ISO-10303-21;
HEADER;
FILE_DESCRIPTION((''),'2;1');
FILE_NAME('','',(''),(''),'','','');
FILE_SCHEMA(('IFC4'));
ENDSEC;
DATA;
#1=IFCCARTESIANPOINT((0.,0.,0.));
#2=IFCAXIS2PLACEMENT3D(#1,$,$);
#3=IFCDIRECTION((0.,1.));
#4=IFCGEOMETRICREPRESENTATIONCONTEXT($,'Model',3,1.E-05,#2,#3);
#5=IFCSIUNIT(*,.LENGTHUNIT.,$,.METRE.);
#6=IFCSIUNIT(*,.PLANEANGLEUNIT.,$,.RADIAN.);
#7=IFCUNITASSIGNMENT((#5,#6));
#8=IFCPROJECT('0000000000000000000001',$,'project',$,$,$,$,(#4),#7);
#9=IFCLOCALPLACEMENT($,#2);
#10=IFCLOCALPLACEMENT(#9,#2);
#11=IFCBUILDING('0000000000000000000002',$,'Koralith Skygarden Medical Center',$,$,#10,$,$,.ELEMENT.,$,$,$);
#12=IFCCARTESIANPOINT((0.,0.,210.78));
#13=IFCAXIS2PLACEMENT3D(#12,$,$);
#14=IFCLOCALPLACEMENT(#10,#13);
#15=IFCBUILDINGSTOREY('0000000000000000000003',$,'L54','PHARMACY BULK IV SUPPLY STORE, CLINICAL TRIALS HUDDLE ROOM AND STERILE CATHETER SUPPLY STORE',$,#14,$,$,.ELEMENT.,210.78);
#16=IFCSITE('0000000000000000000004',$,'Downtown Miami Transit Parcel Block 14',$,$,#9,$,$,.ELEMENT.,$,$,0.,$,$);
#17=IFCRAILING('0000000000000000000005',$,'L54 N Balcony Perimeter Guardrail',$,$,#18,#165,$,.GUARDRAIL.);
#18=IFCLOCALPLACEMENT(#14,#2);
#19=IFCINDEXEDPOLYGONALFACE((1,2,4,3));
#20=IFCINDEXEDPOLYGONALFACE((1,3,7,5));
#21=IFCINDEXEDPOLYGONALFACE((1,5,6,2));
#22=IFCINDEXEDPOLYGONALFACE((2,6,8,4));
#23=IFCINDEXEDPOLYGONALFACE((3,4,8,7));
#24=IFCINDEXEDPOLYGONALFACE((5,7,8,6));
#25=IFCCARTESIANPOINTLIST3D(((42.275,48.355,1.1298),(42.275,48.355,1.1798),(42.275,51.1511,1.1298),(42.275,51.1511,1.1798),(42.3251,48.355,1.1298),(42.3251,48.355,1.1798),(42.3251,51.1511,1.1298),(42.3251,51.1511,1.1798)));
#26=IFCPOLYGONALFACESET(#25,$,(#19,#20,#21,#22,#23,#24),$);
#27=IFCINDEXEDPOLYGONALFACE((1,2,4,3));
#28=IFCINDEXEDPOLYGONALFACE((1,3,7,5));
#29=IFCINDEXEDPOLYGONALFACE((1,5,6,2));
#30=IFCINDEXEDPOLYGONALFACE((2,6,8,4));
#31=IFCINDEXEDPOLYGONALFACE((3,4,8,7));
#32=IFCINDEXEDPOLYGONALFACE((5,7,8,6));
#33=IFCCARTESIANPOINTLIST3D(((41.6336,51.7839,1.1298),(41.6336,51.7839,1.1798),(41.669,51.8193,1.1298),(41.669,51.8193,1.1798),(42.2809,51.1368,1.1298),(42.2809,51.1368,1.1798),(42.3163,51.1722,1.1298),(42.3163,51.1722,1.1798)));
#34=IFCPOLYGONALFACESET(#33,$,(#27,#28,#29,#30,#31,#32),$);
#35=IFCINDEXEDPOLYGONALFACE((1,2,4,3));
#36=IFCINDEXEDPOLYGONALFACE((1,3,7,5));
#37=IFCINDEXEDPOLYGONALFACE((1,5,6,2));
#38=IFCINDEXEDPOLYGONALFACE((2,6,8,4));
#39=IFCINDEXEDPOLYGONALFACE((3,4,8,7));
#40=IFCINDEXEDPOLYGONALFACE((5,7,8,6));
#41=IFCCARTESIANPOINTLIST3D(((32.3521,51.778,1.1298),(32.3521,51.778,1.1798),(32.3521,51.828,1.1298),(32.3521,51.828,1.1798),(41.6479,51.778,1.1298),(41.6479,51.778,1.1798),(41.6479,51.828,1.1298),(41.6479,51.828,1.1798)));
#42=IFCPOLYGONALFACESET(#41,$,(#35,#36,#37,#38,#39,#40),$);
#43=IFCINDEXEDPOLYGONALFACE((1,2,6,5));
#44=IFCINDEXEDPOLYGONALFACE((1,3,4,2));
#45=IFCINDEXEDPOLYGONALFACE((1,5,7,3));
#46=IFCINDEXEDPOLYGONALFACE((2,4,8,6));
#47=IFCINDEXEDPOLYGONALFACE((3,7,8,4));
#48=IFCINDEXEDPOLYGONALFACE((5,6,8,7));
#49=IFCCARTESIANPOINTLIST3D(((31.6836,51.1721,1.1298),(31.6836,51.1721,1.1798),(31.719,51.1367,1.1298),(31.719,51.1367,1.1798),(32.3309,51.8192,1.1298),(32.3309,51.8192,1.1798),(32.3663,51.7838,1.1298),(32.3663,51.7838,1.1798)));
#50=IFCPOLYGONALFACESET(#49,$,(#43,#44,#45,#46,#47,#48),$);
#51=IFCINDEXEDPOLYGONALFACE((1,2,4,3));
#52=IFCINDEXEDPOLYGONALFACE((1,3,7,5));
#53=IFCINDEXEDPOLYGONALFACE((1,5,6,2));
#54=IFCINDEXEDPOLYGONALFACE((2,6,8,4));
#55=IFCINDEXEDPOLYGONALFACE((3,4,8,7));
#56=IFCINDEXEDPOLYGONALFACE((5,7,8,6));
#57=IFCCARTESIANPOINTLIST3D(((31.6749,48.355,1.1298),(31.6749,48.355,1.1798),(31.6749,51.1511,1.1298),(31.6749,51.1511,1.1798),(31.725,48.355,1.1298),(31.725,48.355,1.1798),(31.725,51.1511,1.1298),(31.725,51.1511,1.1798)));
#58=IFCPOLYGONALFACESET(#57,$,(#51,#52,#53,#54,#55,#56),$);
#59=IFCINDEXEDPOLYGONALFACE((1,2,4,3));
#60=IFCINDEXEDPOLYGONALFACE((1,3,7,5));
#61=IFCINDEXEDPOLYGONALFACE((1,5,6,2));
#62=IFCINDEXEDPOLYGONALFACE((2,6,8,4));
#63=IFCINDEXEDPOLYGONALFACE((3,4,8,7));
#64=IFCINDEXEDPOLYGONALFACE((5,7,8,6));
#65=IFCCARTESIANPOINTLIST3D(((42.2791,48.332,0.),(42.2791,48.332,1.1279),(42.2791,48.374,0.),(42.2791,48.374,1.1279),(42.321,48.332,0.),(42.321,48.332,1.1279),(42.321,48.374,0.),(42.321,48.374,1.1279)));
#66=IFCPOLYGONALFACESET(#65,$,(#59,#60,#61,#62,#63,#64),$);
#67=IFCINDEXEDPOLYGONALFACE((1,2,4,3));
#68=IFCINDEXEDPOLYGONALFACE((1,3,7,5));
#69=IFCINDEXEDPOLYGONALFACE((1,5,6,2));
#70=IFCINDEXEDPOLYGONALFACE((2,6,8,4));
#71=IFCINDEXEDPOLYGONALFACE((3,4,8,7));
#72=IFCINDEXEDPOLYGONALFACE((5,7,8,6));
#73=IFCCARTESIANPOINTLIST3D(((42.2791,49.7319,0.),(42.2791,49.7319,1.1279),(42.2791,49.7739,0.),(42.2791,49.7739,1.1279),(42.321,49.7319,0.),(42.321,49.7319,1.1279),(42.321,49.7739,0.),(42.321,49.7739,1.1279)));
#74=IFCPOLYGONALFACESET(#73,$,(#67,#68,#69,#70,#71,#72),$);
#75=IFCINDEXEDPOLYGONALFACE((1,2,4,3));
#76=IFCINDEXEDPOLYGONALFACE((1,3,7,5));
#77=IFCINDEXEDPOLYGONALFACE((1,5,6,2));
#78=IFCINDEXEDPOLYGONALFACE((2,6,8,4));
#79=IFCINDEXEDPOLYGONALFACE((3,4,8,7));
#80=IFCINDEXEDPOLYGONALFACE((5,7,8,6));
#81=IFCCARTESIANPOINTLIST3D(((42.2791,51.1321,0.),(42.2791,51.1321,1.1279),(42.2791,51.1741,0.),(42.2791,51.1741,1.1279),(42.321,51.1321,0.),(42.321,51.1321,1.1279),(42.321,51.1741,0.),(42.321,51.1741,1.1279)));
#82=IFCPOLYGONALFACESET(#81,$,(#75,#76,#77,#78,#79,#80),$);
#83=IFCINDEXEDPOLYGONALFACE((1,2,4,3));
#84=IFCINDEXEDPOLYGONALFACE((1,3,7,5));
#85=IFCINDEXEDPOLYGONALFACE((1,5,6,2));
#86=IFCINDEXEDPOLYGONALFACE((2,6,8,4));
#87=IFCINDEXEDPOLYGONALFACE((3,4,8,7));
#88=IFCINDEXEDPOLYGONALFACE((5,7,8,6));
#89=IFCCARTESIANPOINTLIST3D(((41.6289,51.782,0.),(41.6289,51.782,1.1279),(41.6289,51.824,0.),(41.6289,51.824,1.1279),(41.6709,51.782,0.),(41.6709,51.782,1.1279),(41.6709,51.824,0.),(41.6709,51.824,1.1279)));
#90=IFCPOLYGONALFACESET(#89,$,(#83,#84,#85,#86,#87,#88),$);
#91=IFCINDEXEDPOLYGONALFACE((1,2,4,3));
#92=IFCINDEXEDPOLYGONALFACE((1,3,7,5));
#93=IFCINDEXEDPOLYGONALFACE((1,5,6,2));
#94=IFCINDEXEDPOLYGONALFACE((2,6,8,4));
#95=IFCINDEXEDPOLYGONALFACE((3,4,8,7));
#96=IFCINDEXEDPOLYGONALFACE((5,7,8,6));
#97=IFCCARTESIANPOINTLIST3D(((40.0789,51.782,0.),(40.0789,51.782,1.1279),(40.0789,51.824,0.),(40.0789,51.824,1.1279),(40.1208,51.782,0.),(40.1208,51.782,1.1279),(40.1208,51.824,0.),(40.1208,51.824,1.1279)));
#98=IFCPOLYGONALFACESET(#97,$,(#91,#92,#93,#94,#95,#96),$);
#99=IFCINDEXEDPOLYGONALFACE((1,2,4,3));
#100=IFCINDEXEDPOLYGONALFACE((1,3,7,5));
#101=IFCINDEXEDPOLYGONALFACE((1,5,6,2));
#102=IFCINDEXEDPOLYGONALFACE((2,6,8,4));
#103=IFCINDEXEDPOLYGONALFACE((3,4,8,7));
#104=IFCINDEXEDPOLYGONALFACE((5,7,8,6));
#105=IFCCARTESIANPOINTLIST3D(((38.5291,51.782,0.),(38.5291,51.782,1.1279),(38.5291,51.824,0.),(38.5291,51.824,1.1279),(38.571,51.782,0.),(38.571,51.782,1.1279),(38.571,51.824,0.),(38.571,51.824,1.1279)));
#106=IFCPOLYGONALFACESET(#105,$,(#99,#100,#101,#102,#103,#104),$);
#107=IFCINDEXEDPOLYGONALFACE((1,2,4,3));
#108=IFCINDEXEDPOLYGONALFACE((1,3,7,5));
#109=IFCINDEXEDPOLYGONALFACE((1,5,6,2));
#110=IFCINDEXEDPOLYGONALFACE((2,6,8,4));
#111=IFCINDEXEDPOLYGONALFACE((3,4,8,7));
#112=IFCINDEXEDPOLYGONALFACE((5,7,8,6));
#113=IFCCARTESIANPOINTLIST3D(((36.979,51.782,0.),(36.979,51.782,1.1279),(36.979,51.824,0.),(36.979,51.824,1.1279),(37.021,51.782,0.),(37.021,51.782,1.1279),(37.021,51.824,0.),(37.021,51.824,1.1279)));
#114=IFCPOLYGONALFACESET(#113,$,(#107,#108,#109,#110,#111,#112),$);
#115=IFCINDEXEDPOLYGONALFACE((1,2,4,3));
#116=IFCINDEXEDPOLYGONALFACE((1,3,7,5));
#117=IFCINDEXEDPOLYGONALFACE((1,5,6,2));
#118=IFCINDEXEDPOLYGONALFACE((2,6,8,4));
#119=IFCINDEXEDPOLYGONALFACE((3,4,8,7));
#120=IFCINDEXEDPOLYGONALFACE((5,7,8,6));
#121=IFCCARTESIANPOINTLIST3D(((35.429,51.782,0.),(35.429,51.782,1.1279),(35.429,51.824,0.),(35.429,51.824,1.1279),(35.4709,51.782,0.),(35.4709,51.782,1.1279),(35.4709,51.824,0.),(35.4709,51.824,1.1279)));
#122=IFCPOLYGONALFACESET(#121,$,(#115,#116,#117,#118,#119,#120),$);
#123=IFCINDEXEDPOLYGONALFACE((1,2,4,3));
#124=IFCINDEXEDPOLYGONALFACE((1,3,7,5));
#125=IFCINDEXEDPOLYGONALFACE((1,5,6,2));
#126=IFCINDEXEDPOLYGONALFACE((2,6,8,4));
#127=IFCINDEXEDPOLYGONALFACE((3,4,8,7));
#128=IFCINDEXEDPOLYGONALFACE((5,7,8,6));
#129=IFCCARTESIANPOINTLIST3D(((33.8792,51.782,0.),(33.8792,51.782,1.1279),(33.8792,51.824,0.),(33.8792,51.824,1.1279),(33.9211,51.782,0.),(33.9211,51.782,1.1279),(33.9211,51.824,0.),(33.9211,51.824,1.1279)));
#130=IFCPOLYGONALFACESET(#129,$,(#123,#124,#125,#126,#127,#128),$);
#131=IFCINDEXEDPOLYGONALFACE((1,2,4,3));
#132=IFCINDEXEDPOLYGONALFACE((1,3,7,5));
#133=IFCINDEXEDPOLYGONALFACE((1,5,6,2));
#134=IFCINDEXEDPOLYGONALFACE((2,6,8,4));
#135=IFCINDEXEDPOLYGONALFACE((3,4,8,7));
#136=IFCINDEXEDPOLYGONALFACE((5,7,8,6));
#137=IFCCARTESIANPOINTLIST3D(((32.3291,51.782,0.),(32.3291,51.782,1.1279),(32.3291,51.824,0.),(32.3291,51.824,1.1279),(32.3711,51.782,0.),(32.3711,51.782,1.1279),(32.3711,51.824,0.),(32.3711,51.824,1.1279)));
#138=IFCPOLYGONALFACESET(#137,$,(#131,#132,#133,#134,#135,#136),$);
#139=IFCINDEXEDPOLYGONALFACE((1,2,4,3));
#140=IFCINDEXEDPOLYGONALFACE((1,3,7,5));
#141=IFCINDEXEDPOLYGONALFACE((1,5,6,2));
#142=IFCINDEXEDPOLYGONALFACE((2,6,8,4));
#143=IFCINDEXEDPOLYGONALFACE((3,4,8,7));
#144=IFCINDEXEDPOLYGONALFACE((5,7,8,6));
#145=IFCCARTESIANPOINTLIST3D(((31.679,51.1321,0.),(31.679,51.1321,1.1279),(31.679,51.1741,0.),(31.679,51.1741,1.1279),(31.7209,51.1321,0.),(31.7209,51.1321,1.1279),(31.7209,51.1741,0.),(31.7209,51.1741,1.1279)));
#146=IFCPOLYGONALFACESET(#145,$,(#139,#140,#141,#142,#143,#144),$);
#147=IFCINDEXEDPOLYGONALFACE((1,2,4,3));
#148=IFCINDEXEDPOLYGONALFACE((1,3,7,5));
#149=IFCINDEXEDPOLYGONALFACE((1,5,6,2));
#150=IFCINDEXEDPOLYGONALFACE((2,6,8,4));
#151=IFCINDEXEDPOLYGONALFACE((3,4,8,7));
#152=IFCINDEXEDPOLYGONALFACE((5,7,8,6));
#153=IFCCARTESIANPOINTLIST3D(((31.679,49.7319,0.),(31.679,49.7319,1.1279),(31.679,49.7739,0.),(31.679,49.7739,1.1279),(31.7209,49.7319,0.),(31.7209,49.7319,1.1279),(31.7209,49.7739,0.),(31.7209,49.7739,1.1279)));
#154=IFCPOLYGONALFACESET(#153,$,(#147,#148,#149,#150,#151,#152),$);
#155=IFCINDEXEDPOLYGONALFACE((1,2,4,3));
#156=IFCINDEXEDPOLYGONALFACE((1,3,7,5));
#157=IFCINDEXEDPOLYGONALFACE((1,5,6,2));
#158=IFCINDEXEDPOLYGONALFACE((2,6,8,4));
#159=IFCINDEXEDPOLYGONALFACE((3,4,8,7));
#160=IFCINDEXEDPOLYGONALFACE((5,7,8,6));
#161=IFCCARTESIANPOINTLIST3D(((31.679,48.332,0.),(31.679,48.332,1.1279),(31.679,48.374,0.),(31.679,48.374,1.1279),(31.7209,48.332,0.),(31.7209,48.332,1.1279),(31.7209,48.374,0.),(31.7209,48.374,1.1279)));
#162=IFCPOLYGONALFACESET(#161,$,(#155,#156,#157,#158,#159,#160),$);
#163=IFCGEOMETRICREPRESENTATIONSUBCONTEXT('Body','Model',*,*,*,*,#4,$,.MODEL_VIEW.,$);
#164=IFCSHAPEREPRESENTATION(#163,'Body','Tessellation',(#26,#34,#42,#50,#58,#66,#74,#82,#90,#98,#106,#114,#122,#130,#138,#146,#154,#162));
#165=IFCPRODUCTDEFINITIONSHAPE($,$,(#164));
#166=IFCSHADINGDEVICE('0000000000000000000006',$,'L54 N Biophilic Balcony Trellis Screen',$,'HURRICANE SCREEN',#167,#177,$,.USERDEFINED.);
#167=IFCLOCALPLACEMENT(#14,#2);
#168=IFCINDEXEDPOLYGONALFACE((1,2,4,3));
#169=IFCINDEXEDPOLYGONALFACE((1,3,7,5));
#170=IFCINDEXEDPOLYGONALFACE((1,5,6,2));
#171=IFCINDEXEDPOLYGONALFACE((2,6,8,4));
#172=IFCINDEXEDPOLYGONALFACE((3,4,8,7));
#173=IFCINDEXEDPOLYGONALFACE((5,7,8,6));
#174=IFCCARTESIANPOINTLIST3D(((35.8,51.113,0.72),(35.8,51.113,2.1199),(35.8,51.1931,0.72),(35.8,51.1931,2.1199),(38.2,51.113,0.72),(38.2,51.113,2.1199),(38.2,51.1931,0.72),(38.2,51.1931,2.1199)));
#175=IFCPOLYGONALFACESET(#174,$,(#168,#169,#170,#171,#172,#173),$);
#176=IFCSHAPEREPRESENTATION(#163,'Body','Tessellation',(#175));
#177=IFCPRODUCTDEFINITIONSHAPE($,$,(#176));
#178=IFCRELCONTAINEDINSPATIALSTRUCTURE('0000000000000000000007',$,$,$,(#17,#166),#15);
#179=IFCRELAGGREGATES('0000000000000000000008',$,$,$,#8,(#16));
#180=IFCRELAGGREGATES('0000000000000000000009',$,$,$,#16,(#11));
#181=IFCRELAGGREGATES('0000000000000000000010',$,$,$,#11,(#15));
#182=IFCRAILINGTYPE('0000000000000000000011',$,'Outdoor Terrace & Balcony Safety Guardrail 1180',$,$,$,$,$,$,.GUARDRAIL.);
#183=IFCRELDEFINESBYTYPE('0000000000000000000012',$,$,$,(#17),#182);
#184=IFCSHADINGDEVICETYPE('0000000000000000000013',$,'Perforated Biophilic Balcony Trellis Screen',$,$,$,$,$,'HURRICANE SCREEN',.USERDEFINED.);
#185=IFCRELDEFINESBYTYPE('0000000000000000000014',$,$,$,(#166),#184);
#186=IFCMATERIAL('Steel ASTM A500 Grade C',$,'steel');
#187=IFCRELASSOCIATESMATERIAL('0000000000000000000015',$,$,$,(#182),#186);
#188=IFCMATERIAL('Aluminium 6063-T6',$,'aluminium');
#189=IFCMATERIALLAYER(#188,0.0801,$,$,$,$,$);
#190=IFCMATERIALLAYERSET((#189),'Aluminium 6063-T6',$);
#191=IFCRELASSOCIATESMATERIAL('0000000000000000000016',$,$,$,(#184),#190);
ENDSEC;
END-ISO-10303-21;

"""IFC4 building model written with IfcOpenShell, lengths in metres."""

from ifc_helpers import new_model, si_unit, direction, frame, origin, origin_2d, place, context, subcontext, project, spatial, rectangle, extrude, material, layer, layer_set, type_object, element, save


model = new_model("IFC4")

# Units and contexts
model_context = context("Model", 3, precision=1e-05, world=origin(), true_north=direction((0.0, 1.0)))
body_context = subcontext(model_context, "Body", "Model", "MODEL_VIEW")
ifc_project = project(units=[si_unit("LENGTHUNIT", "METRE"), si_unit("PLANEANGLEUNIT", "RADIAN")], contexts=[model_context])

# Site, building, storey
site_placement = place(None, origin())
site = spatial("IfcSite", under=ifc_project, at=site_placement, Name="Downtown Miami Transit Parcel Block 14", CompositionType="ELEMENT", RefElevation=0.0)
building_placement = place(site_placement, origin())
building = spatial("IfcBuilding", under=site, at=building_placement, Name="Koralith Skygarden Medical Center", CompositionType="ELEMENT")
storey_placement = place(building_placement, frame((0.0, 0.0, 210.78)))
storey = spatial("IfcBuildingStorey", under=building, at=storey_placement, Name="L54", Description="PHARMACY BULK IV SUPPLY STORE, CLINICAL TRIALS HUDDLE ROOM AND STERILE CATHETER SUPPLY STORE", CompositionType="ELEMENT", Elevation=210.78)

# Shared definitions
ifc_material_1 = material(Name="Aluminium 6063-T6", Category="aluminium")

# Shared definitions
ifc_material_2 = material(Name="Steel ASTM A500 Grade C", Category="steel")

# Railing
railing_type = type_object("IfcRailingType", Name="Outdoor Terrace & Balcony Safety Guardrail 1180", PredefinedType="GUARDRAIL", material=ifc_material_2)
railing_placement = place(storey_placement, frame((42.3, 48.353, 0.0)))
element("IfcRailing", 1, at=railing_placement, inside=storey, type_object=railing_type, Name="L54 N Balcony Perimeter Guardrail", PredefinedType="GUARDRAIL", context=body_context, shape_type="SweptSolid", body=[
    extrude(rectangle(XDim=0.05, YDim=0.05, at=origin_2d()), frame((0.0, 0.002, 1.1548), z_axis=(0.0, 1.0, 0.0), x_axis=(-1.0, 0.0, 0.0)), (0.0, 0.0, 1.0), 2.7961),
    extrude(rectangle(XDim=0.05, YDim=0.05, at=origin_2d()), frame((-0.0015, 2.8015, 1.1548), z_axis=(-0.70724, 0.706974, 0.0), x_axis=(-0.706974, -0.70724, 0.0)), (0.0, 0.0, 1.0), 0.9153),
    extrude(rectangle(XDim=0.05, YDim=0.05, at=origin_2d()), frame((-0.6521, 3.45, 1.1548), z_axis=(-1.0, 0.0, 0.0), x_axis=(0.0, -1.0, 0.0)), (0.0, 0.0, 1.0), 9.2959),
    extrude(rectangle(XDim=0.05, YDim=0.05, at=origin_2d()), frame((-9.9514, 3.4485, 1.1548), z_axis=(-0.70724, -0.706974, 0.0), x_axis=(0.706974, -0.70724, 0.0)), (0.0, 0.0, 1.0), 0.9153),
    extrude(rectangle(XDim=0.05, YDim=0.05, at=origin_2d()), frame((-10.6001, 2.7981, 1.1548), z_axis=(0.0, -1.0, 0.0), x_axis=(1.0, 0.0, 0.0)), (0.0, 0.0, 1.0), 2.7961),
    extrude(rectangle(XDim=0.042, YDim=0.042, at=origin_2d()), origin(), (0.0, 0.0, 1.0), 1.1279),
    extrude(rectangle(XDim=0.042, YDim=0.042, at=origin_2d()), frame((0.0, 1.3999, 0.0)), (0.0, 0.0, 1.0), 1.1279),
    extrude(rectangle(XDim=0.042, YDim=0.042, at=origin_2d()), frame((0.0, 2.8, 0.0)), (0.0, 0.0, 1.0), 1.1279),
    extrude(rectangle(XDim=0.042, YDim=0.042, at=origin_2d()), frame((-0.6501, 3.45, 0.0)), (0.0, 0.0, 1.0), 1.1279),
    extrude(rectangle(XDim=0.042, YDim=0.042, at=origin_2d()), frame((-2.2002, 3.45, 0.0)), (0.0, 0.0, 1.0), 1.1279),
    extrude(rectangle(XDim=0.042, YDim=0.042, at=origin_2d()), frame((-3.75, 3.45, 0.0)), (0.0, 0.0, 1.0), 1.1279),
    extrude(rectangle(XDim=0.042, YDim=0.042, at=origin_2d()), frame((-5.3, 3.45, 0.0)), (0.0, 0.0, 1.0), 1.1279),
    extrude(rectangle(XDim=0.042, YDim=0.042, at=origin_2d()), frame((-6.8501, 3.45, 0.0)), (0.0, 0.0, 1.0), 1.1279),
    extrude(rectangle(XDim=0.042, YDim=0.042, at=origin_2d()), frame((-8.3999, 3.45, 0.0)), (0.0, 0.0, 1.0), 1.1279),
    extrude(rectangle(XDim=0.042, YDim=0.042, at=origin_2d()), frame((-9.95, 3.45, 0.0)), (0.0, 0.0, 1.0), 1.1279),
    extrude(rectangle(XDim=0.042, YDim=0.042, at=origin_2d()), frame((-10.6001, 2.8, 0.0)), (0.0, 0.0, 1.0), 1.1279),
    extrude(rectangle(XDim=0.042, YDim=0.042, at=origin_2d()), frame((-10.6001, 1.3999, 0.0)), (0.0, 0.0, 1.0), 1.1279),
    extrude(rectangle(XDim=0.042, YDim=0.042, at=origin_2d()), frame((-10.6001, 0.0, 0.0)), (0.0, 0.0, 1.0), 1.1279),
])

# Shading device
ifc_layer_1 = layer(ifc_material_1, 0.0801)
ifc_layer_set_1 = layer_set([ifc_layer_1], Name="Aluminium 6063-T6")
shading_device_type = type_object("IfcShadingDeviceType", Name="Perforated Biophilic Balcony Trellis Screen", ElementType="HURRICANE SCREEN", PredefinedType="USERDEFINED", material=ifc_layer_set_1)
shading_device_placement = place(storey_placement, frame((37.0, 51.1531, 0.72), z_axis=(0.0, 0.0, 1.0), x_axis=(1.0, 0.0, 0.0)))
element("IfcShadingDevice", 2, at=shading_device_placement, inside=storey, type_object=shading_device_type, Name="L54 N Biophilic Balcony Trellis Screen", ObjectType="HURRICANE SCREEN", PredefinedType="USERDEFINED", context=body_context, shape_type="SweptSolid", body=[
    extrude(rectangle(XDim=2.3999, YDim=0.0801, at=origin_2d()), origin(), (0.0, 0.0, 1.0), 1.3999),
])

save(model, "model.ifc")
